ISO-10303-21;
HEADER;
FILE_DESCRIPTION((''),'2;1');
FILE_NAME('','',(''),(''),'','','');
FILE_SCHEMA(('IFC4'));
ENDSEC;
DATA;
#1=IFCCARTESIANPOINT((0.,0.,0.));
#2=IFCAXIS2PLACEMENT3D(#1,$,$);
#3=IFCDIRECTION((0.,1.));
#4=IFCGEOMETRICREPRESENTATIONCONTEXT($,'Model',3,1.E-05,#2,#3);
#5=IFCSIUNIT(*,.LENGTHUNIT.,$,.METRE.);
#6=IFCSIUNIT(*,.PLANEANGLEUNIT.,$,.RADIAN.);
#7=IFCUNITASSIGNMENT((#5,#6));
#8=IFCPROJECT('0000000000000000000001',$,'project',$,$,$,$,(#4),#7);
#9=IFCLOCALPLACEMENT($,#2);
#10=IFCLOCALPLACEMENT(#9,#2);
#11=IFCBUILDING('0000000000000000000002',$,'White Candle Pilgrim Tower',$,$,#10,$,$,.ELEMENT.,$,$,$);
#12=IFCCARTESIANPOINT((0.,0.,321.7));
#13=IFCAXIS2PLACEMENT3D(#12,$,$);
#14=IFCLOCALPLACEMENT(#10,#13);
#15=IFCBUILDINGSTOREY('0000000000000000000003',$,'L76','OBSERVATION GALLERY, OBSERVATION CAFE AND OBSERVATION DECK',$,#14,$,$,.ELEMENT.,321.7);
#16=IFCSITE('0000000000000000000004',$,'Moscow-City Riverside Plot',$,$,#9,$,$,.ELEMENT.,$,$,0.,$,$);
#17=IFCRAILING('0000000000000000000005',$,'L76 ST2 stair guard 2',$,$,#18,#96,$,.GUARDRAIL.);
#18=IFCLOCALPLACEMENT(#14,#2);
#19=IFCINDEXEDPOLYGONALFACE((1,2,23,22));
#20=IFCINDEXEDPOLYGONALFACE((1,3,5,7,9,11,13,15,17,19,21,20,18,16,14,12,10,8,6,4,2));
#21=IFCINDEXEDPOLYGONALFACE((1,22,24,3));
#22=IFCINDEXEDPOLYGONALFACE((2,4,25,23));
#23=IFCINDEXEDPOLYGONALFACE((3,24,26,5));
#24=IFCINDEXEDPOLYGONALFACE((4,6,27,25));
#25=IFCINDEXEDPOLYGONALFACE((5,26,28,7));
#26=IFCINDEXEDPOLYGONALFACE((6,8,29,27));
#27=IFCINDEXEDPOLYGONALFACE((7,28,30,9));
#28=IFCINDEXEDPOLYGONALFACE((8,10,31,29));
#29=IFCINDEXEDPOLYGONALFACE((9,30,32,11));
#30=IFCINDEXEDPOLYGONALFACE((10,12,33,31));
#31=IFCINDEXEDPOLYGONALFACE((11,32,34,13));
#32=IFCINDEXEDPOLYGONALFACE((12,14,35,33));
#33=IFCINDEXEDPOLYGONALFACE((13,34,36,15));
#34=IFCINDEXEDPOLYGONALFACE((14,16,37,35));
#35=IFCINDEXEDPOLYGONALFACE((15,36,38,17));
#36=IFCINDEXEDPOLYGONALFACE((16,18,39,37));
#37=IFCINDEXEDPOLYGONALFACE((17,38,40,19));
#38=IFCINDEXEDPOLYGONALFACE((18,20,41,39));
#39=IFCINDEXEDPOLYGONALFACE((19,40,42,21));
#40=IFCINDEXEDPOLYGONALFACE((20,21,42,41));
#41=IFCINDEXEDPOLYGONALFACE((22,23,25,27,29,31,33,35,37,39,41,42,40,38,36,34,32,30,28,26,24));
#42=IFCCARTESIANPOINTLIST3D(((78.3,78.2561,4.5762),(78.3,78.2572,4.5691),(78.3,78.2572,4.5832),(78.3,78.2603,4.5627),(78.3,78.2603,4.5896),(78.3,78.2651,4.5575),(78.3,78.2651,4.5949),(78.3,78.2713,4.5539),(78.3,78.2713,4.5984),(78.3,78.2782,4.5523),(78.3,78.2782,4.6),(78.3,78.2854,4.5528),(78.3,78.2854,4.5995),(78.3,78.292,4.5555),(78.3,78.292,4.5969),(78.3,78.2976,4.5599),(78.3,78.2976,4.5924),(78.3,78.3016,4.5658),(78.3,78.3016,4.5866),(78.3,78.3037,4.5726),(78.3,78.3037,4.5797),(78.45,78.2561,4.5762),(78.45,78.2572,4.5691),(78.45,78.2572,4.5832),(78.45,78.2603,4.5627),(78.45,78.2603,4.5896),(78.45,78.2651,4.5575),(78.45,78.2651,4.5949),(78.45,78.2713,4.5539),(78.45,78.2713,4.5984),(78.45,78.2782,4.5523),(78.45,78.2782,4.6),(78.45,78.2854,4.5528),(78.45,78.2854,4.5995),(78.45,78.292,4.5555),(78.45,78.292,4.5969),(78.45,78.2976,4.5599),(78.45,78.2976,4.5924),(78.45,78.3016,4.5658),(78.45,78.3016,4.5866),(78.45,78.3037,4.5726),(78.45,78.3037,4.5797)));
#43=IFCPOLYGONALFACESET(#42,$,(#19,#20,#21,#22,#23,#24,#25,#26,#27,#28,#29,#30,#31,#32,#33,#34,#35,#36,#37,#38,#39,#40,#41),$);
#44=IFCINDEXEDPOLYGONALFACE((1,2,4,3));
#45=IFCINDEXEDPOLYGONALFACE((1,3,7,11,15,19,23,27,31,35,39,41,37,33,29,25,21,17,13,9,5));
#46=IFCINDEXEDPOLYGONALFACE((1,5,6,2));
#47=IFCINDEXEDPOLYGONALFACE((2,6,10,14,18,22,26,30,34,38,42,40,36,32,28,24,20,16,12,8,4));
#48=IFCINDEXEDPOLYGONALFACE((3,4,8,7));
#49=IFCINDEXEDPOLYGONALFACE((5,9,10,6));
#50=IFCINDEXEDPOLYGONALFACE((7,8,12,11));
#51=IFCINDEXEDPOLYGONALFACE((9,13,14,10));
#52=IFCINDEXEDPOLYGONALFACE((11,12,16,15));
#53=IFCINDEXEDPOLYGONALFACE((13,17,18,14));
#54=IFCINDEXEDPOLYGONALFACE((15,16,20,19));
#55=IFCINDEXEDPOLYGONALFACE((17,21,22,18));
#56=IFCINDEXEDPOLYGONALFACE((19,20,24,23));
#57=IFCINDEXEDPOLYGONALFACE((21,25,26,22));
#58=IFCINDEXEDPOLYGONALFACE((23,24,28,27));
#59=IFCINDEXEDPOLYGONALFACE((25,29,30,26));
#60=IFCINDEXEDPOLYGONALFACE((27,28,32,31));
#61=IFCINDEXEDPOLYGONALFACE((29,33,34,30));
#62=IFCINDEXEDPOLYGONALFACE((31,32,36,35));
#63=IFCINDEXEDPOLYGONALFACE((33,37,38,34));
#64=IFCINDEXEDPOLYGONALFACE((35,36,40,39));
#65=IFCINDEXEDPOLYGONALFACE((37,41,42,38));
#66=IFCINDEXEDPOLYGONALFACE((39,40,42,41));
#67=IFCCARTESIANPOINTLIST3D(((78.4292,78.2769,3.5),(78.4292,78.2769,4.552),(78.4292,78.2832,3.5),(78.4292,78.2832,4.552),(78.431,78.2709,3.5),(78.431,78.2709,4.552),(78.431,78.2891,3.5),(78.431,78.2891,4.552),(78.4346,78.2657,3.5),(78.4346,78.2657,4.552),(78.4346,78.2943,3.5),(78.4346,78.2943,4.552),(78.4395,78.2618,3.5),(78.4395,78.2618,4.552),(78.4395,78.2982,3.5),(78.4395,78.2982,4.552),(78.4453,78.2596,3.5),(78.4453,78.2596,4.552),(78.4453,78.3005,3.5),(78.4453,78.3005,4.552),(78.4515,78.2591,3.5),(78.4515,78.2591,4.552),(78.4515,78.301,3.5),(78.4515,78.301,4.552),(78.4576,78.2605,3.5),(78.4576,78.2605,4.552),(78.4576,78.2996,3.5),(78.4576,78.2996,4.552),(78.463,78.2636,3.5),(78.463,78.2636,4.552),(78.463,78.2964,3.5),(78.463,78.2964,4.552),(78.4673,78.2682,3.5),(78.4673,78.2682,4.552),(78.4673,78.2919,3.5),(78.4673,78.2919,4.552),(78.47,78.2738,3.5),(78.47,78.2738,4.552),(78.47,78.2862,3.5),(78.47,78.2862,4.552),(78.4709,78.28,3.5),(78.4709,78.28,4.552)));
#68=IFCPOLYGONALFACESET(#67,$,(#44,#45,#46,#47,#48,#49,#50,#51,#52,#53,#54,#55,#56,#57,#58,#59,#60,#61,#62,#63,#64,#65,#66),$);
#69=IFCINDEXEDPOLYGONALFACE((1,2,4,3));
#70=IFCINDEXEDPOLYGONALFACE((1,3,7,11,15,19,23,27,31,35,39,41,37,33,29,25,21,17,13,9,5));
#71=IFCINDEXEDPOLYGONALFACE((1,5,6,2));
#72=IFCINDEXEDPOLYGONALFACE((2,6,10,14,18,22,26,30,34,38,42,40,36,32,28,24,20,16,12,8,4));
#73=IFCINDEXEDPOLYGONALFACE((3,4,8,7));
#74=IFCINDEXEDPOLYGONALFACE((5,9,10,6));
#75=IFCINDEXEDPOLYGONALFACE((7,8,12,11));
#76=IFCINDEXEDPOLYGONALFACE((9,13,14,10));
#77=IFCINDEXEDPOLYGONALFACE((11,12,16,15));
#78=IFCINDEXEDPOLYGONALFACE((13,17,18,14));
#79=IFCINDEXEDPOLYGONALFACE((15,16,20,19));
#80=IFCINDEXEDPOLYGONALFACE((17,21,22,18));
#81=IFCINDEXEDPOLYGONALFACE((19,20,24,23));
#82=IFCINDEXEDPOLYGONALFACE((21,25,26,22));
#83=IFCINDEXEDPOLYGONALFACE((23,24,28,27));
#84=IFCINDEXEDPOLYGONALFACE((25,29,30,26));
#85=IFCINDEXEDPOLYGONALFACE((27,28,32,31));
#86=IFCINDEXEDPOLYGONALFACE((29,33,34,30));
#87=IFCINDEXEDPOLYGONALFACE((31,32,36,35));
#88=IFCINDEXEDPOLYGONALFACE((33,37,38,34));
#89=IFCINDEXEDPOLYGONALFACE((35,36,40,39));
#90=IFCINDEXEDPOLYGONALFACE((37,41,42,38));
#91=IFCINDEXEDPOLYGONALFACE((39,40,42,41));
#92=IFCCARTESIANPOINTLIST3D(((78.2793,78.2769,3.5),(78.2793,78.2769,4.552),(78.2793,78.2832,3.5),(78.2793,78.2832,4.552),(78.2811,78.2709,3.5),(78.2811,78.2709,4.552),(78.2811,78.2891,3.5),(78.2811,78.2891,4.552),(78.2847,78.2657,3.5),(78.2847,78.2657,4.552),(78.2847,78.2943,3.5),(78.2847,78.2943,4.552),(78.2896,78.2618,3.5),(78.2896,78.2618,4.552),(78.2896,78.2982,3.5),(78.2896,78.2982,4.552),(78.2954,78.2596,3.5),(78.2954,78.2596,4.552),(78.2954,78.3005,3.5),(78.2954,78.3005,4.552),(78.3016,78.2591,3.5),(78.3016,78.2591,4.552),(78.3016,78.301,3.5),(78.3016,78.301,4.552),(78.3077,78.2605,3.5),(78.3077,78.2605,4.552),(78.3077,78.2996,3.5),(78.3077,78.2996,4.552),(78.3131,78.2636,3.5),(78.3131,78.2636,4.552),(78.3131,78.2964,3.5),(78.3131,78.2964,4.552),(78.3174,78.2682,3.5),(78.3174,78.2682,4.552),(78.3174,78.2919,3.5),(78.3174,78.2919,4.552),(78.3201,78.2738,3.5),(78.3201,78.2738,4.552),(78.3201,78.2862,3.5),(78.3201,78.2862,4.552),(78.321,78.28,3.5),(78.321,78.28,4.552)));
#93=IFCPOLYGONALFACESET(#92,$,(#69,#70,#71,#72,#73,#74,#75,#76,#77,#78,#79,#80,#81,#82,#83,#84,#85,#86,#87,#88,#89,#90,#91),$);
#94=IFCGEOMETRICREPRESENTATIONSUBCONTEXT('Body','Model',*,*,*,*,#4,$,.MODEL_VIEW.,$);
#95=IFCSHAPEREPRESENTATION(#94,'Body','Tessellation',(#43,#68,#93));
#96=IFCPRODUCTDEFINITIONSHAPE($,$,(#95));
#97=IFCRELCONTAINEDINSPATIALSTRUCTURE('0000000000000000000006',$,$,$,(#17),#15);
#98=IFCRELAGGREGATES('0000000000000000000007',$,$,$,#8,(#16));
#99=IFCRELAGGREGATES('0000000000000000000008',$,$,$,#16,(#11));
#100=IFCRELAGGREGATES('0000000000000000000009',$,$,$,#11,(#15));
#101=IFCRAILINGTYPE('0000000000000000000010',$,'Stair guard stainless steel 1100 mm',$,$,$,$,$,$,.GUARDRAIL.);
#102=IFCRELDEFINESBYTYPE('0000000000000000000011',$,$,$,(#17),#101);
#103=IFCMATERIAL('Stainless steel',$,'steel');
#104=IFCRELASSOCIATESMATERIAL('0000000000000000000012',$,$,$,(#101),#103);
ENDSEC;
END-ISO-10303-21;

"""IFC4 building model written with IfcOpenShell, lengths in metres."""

from ifc_helpers import new_model, si_unit, direction, frame, origin, origin_2d, place, context, subcontext, project, spatial, circle, extrude, material, type_object, element, save


model = new_model("IFC4")

# Units and contexts
model_context = context("Model", 3, precision=1e-05, world=origin(), true_north=direction((0.0, 1.0)))
body_context = subcontext(model_context, "Body", "Model", "MODEL_VIEW")
ifc_project = project(units=[si_unit("LENGTHUNIT", "METRE"), si_unit("PLANEANGLEUNIT", "RADIAN")], contexts=[model_context])

# Site, building, storey
site_placement = place(None, origin())
site = spatial("IfcSite", under=ifc_project, at=site_placement, Name="Moscow-City Riverside Plot", CompositionType="ELEMENT", RefElevation=0.0)
building_placement = place(site_placement, origin())
building = spatial("IfcBuilding", under=site, at=building_placement, Name="White Candle Pilgrim Tower", CompositionType="ELEMENT")
storey_placement = place(building_placement, frame((0.0, 0.0, 321.7)))
storey = spatial("IfcBuildingStorey", under=building, at=storey_placement, Name="L76", Description="OBSERVATION GALLERY, OBSERVATION CAFE AND OBSERVATION DECK", CompositionType="ELEMENT", Elevation=321.7)

# Railing
ifc_material_1 = material(Name="Stainless steel", Category="steel")
railing_type_1 = type_object("IfcRailingType", Name="Stair guard stainless steel 1100 mm", PredefinedType="GUARDRAIL", material=ifc_material_1)
railing_1_placement = place(storey_placement, frame((78.45, 78.28, 3.5)))
element("IfcRailing", 1, at=railing_1_placement, inside=storey, type_object=railing_type_1, Name="L76 ST2 stair guard 2", PredefinedType="GUARDRAIL", context=body_context, shape_type="SweptSolid", body=[
    extrude(circle(Radius=0.0239, at=origin_2d()), frame((0.0, 0.0, 1.0762), z_axis=(-1.0, 0.0, 0.0), x_axis=(0.0, -1.0, 0.0)), (0.0, 0.0, 1.0), 0.1499),
    extrude(circle(Radius=0.021, at=origin_2d()), origin(), (0.0, 0.0, 1.0), 1.052),
    extrude(circle(Radius=0.021, at=origin_2d()), frame((-0.1499, 0.0, 0.0)), (0.0, 0.0, 1.0), 1.052),
])

save(model, "model.ifc")
